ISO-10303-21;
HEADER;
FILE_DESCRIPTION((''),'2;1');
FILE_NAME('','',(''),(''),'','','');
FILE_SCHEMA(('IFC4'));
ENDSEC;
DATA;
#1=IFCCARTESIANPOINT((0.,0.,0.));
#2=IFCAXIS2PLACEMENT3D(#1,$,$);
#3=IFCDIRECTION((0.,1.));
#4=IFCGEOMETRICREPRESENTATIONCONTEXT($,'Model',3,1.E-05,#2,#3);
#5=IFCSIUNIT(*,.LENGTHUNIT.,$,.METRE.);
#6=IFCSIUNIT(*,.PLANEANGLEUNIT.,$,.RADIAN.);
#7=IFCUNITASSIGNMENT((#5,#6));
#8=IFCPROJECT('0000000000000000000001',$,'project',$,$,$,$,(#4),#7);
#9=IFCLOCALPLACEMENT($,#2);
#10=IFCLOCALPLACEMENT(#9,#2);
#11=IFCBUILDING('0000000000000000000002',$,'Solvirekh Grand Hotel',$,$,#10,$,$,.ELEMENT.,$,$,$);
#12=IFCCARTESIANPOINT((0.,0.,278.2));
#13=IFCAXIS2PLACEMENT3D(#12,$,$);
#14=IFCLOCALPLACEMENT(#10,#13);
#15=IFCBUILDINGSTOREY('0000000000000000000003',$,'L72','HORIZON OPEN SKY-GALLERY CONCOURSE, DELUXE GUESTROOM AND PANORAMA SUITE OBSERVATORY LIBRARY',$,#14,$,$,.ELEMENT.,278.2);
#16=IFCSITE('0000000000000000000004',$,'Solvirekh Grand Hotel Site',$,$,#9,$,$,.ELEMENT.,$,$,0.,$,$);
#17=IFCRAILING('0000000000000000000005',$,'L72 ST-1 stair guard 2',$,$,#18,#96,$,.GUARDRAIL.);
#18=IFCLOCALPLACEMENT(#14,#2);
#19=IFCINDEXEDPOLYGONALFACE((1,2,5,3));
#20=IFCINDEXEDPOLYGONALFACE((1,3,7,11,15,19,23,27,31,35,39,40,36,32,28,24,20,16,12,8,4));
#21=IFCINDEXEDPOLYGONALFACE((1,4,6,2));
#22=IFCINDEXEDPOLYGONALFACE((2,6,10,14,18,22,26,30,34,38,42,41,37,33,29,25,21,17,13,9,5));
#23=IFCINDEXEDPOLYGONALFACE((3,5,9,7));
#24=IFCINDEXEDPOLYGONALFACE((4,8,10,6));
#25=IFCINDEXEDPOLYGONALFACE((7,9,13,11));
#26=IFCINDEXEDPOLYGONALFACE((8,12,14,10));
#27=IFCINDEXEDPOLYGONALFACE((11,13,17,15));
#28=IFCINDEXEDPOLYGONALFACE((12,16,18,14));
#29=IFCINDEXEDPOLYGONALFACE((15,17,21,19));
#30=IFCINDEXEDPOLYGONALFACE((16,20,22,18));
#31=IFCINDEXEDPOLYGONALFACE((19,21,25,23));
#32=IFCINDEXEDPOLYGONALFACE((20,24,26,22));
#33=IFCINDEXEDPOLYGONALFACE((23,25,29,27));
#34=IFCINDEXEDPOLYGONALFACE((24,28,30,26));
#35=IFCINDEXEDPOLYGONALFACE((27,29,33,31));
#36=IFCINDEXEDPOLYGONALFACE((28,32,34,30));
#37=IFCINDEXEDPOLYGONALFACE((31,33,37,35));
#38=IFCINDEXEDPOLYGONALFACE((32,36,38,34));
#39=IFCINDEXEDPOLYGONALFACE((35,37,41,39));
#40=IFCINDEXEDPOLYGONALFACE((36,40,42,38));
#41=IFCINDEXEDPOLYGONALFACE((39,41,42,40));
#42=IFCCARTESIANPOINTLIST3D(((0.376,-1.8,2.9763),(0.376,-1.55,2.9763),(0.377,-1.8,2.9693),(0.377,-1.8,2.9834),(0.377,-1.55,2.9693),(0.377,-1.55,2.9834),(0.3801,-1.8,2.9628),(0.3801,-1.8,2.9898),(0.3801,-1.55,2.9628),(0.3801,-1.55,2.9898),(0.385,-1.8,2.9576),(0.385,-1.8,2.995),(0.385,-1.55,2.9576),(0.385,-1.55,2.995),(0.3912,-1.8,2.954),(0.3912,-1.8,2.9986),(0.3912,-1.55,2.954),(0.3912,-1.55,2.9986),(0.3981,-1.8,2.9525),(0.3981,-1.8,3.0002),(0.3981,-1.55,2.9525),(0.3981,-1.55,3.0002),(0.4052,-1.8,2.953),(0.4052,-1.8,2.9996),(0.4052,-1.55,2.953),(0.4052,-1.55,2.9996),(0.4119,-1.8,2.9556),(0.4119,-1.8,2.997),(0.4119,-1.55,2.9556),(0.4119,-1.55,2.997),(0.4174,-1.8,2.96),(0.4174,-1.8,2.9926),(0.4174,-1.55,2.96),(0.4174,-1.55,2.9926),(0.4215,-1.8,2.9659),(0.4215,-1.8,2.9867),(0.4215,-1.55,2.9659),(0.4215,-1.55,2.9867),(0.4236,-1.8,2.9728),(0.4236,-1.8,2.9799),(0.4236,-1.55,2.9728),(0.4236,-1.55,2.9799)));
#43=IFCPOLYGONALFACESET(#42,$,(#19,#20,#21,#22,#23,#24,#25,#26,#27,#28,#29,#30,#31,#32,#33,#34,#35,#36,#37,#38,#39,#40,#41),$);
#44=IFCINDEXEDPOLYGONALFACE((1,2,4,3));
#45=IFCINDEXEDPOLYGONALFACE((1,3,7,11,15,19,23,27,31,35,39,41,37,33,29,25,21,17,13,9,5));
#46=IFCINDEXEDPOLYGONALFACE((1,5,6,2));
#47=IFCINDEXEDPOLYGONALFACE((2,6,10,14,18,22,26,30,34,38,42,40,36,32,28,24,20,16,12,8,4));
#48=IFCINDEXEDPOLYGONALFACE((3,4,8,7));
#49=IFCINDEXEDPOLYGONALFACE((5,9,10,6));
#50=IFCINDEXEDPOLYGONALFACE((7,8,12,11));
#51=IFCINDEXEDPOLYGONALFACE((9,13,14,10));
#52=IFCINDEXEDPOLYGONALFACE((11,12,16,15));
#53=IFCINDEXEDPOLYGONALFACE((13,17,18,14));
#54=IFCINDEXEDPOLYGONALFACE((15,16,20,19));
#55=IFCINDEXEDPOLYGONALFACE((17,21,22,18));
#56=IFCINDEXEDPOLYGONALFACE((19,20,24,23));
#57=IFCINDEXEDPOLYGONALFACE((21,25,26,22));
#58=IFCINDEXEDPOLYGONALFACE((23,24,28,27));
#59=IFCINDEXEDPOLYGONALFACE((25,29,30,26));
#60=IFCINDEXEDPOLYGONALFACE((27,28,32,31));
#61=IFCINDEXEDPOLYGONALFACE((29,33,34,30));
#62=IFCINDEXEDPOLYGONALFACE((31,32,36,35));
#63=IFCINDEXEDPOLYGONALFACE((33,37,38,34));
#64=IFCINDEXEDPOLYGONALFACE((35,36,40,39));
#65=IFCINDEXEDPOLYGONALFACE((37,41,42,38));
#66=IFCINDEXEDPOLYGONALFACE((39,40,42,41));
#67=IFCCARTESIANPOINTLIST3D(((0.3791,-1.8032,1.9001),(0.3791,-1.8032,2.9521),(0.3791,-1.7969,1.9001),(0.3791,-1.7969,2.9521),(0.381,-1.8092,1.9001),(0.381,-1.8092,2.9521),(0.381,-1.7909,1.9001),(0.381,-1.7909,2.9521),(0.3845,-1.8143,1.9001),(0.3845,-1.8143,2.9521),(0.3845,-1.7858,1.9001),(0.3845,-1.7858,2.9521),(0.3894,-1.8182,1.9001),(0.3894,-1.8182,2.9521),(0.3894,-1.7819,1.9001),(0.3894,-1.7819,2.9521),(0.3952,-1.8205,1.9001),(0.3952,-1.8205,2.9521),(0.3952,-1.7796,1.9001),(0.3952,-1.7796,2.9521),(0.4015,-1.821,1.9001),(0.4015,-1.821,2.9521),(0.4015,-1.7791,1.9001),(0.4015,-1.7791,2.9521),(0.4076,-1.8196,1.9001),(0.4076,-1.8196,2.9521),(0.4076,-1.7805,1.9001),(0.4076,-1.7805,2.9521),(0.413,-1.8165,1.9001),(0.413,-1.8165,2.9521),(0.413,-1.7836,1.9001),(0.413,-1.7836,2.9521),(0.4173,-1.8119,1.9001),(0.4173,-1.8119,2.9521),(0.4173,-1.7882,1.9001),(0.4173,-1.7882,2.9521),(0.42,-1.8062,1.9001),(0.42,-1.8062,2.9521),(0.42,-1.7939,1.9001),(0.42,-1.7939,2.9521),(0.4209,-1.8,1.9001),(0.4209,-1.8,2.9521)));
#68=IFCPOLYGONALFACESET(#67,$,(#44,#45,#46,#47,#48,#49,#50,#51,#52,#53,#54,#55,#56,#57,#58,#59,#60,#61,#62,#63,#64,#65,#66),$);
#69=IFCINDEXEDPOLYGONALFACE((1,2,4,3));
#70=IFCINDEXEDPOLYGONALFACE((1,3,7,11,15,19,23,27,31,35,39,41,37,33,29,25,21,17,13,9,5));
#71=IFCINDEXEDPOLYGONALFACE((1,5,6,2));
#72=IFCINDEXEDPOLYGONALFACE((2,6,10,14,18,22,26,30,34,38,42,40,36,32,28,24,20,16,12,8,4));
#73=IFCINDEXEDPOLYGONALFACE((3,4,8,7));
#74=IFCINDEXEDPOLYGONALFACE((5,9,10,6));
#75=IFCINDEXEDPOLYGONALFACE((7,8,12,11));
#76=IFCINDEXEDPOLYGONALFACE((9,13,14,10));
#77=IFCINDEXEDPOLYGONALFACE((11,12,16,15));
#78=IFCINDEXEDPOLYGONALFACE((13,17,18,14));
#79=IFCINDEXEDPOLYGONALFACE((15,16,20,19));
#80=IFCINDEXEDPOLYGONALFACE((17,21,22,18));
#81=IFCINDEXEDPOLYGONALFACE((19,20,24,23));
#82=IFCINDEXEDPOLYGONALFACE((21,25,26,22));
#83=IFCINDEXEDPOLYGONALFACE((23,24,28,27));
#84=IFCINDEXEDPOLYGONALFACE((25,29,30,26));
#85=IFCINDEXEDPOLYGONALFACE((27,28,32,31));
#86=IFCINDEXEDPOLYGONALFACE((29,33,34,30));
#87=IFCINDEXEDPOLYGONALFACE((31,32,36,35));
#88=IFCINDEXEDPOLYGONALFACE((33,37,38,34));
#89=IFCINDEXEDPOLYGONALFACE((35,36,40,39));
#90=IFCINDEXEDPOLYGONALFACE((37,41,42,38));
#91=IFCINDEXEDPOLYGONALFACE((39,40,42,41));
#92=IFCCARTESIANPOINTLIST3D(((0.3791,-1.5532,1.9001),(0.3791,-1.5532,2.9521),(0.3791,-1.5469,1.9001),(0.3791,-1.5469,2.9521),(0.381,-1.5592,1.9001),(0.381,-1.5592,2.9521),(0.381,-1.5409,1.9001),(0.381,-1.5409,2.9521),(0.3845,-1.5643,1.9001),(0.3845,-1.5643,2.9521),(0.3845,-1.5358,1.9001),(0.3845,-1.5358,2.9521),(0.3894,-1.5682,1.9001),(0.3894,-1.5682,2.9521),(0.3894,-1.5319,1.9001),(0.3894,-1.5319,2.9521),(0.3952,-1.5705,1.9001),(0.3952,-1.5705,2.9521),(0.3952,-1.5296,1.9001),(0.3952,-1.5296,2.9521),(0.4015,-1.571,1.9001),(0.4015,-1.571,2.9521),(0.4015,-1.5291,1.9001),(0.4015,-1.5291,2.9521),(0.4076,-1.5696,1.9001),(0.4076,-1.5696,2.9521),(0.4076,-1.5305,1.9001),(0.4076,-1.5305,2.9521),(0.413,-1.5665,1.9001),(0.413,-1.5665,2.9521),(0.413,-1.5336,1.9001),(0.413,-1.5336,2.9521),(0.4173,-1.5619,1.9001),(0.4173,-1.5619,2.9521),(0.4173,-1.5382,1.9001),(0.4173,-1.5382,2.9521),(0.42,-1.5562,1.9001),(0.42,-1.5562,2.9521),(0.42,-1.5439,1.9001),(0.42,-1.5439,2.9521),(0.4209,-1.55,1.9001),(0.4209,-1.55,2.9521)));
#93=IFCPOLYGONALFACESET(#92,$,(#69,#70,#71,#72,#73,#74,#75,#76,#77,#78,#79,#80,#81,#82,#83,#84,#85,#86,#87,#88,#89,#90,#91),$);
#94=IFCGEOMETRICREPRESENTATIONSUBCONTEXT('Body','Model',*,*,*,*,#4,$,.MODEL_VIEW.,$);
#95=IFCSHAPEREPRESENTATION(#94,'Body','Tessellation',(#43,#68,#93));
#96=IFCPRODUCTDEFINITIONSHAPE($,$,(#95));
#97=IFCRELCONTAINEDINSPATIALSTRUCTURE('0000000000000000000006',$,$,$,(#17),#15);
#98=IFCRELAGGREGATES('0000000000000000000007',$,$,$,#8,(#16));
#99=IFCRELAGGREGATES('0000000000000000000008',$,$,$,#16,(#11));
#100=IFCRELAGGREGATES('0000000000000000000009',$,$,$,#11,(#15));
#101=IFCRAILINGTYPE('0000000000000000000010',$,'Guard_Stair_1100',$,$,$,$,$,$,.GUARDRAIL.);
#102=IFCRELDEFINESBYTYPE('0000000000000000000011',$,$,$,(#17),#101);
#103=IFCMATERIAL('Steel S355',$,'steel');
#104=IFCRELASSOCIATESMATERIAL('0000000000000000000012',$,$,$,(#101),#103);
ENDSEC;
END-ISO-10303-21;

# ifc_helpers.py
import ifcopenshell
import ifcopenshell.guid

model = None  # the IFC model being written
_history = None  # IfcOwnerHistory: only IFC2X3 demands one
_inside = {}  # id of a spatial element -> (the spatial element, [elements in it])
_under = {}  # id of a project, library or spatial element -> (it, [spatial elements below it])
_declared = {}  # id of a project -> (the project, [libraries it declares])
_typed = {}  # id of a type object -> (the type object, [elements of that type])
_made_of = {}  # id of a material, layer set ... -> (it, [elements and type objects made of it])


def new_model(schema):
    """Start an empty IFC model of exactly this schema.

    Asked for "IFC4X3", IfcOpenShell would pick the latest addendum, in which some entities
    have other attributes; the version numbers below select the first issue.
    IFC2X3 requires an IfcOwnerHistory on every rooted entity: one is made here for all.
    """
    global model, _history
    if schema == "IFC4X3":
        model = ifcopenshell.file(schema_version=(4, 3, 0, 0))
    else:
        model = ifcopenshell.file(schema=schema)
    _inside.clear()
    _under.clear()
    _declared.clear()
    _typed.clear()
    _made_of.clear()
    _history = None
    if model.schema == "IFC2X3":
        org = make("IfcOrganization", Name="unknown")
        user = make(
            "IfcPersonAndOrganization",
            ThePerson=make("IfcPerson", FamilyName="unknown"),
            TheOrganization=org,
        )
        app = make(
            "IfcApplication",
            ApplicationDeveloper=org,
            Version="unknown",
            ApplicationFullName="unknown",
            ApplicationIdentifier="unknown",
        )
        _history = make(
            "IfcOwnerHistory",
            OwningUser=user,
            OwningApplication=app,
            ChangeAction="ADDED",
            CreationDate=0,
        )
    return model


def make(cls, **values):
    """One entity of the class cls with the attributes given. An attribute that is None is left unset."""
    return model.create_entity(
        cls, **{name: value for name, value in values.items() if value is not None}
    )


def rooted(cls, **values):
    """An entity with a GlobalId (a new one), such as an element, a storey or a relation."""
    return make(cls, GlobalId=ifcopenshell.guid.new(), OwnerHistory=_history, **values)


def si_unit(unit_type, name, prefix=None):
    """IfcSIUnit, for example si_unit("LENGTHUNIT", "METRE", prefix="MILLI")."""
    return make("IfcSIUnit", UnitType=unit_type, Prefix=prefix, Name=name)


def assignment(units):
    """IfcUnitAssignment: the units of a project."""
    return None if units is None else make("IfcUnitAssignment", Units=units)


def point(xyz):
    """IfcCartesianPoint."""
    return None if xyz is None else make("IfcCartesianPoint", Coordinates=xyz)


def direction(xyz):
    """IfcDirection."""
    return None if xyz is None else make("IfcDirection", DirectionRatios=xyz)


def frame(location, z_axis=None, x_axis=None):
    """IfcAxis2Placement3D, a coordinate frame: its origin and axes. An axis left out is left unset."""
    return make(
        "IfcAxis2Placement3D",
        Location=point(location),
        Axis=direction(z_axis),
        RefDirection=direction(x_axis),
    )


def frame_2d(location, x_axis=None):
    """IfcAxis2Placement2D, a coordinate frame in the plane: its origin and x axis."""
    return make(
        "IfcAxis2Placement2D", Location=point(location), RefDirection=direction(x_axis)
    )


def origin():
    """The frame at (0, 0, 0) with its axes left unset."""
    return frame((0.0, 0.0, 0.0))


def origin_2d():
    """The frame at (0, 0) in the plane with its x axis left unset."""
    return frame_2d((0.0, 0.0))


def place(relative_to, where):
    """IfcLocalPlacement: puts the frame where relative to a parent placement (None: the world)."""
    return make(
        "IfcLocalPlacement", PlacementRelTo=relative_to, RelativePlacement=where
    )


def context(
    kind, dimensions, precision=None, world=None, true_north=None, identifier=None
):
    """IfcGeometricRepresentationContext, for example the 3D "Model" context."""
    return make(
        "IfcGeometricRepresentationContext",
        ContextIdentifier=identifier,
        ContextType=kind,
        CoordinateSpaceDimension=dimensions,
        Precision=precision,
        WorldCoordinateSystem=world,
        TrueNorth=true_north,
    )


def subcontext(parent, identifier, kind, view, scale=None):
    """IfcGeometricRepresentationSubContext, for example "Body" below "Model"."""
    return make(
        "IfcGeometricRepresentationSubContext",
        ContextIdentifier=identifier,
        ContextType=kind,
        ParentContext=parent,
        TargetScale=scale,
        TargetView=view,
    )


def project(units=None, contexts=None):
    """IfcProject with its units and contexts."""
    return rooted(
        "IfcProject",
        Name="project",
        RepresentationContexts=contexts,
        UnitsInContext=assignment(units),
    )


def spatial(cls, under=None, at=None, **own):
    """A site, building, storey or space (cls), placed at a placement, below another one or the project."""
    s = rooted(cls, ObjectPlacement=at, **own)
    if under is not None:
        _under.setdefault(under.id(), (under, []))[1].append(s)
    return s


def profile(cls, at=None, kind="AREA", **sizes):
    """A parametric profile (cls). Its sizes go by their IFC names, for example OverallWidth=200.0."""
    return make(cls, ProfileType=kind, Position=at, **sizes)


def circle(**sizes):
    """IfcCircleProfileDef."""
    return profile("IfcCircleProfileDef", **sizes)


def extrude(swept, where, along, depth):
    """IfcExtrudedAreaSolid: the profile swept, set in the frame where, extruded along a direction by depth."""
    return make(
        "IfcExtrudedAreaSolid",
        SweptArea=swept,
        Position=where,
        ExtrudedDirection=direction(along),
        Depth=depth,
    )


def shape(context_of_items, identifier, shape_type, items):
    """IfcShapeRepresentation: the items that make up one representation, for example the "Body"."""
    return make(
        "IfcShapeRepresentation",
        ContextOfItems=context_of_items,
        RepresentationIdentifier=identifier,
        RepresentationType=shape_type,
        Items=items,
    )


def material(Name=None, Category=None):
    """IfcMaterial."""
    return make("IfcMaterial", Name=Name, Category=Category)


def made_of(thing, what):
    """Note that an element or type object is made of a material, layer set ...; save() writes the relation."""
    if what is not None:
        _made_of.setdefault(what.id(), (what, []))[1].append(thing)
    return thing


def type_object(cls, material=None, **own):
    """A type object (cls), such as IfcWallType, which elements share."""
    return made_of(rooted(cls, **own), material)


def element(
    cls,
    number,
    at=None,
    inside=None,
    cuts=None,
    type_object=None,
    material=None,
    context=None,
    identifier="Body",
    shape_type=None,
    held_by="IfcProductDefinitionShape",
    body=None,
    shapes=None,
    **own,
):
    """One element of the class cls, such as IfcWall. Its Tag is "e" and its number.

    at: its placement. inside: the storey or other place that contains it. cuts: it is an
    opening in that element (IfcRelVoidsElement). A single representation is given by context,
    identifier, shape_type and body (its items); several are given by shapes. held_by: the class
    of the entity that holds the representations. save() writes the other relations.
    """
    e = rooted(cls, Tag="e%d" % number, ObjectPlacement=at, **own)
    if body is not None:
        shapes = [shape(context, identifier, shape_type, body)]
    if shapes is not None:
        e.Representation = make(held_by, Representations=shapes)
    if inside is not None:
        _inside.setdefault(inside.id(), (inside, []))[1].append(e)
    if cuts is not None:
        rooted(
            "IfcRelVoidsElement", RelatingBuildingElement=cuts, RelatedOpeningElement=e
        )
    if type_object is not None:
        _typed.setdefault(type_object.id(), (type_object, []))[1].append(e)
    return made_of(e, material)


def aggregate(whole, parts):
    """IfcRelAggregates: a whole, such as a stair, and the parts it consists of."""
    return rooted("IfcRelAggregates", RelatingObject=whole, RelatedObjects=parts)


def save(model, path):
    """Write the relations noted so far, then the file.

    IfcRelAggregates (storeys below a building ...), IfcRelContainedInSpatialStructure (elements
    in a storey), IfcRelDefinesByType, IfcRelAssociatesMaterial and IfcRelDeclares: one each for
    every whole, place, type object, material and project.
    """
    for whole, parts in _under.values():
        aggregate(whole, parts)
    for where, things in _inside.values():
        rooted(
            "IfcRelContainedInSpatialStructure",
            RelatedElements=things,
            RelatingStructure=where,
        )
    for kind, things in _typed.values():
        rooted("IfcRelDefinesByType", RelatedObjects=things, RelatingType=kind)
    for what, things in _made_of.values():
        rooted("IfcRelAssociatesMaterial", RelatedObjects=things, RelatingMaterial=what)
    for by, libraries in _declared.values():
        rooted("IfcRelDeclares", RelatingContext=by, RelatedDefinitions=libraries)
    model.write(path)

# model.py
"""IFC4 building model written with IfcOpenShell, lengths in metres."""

from ifc_helpers import new_model, si_unit, direction, frame, origin, origin_2d, place, context, subcontext, project, spatial, circle, extrude, material, type_object, element, save


model = new_model("IFC4")

# Units and contexts
model_context = context("Model", 3, precision=1e-05, world=origin(), true_north=direction((0.0, 1.0)))
body_context = subcontext(model_context, "Body", "Model", "MODEL_VIEW")
ifc_project = project(units=[si_unit("LENGTHUNIT", "METRE"), si_unit("PLANEANGLEUNIT", "RADIAN")], contexts=[model_context])

# Site, building, storey
site_placement = place(None, origin())
site = spatial("IfcSite", under=ifc_project, at=site_placement, Name="Solvirekh Grand Hotel Site", CompositionType="ELEMENT", RefElevation=0.0)
building_placement = place(site_placement, origin())
building = spatial("IfcBuilding", under=site, at=building_placement, Name="Solvirekh Grand Hotel", CompositionType="ELEMENT")
storey_placement = place(building_placement, frame((0.0, 0.0, 278.2)))
storey = spatial("IfcBuildingStorey", under=building, at=storey_placement, Name="L72", Description="HORIZON OPEN SKY-GALLERY CONCOURSE, DELUXE GUESTROOM AND PANORAMA SUITE OBSERVATORY LIBRARY", CompositionType="ELEMENT", Elevation=278.2)

# Shared definitions
ifc_material_1 = material(Name="Steel S355", Category="steel")

# Railing
railing_type_1 = type_object("IfcRailingType", Name="Guard_Stair_1100", PredefinedType="GUARDRAIL", material=ifc_material_1)
railing_1_placement = place(storey_placement, frame((0.3999, -1.8, 1.9001)))
element("IfcRailing", 1, at=railing_1_placement, inside=storey, type_object=railing_type_1, Name="L72 ST-1 stair guard 2", PredefinedType="GUARDRAIL", context=body_context, shape_type="SweptSolid", body=[
    extrude(circle(Radius=0.0239, at=origin_2d()), frame((0.0, 0.0, 1.0762), z_axis=(0.0, 1.0, 0.0), x_axis=(-1.0, 0.0, 0.0)), (0.0, 0.0, 1.0), 0.25),
    extrude(circle(Radius=0.021, at=origin_2d()), origin(), (0.0, 0.0, 1.0), 1.052),
    extrude(circle(Radius=0.021, at=origin_2d()), frame((0.0, 0.25, 0.0)), (0.0, 0.0, 1.0), 1.052),
])

save(model, "model.ifc")
